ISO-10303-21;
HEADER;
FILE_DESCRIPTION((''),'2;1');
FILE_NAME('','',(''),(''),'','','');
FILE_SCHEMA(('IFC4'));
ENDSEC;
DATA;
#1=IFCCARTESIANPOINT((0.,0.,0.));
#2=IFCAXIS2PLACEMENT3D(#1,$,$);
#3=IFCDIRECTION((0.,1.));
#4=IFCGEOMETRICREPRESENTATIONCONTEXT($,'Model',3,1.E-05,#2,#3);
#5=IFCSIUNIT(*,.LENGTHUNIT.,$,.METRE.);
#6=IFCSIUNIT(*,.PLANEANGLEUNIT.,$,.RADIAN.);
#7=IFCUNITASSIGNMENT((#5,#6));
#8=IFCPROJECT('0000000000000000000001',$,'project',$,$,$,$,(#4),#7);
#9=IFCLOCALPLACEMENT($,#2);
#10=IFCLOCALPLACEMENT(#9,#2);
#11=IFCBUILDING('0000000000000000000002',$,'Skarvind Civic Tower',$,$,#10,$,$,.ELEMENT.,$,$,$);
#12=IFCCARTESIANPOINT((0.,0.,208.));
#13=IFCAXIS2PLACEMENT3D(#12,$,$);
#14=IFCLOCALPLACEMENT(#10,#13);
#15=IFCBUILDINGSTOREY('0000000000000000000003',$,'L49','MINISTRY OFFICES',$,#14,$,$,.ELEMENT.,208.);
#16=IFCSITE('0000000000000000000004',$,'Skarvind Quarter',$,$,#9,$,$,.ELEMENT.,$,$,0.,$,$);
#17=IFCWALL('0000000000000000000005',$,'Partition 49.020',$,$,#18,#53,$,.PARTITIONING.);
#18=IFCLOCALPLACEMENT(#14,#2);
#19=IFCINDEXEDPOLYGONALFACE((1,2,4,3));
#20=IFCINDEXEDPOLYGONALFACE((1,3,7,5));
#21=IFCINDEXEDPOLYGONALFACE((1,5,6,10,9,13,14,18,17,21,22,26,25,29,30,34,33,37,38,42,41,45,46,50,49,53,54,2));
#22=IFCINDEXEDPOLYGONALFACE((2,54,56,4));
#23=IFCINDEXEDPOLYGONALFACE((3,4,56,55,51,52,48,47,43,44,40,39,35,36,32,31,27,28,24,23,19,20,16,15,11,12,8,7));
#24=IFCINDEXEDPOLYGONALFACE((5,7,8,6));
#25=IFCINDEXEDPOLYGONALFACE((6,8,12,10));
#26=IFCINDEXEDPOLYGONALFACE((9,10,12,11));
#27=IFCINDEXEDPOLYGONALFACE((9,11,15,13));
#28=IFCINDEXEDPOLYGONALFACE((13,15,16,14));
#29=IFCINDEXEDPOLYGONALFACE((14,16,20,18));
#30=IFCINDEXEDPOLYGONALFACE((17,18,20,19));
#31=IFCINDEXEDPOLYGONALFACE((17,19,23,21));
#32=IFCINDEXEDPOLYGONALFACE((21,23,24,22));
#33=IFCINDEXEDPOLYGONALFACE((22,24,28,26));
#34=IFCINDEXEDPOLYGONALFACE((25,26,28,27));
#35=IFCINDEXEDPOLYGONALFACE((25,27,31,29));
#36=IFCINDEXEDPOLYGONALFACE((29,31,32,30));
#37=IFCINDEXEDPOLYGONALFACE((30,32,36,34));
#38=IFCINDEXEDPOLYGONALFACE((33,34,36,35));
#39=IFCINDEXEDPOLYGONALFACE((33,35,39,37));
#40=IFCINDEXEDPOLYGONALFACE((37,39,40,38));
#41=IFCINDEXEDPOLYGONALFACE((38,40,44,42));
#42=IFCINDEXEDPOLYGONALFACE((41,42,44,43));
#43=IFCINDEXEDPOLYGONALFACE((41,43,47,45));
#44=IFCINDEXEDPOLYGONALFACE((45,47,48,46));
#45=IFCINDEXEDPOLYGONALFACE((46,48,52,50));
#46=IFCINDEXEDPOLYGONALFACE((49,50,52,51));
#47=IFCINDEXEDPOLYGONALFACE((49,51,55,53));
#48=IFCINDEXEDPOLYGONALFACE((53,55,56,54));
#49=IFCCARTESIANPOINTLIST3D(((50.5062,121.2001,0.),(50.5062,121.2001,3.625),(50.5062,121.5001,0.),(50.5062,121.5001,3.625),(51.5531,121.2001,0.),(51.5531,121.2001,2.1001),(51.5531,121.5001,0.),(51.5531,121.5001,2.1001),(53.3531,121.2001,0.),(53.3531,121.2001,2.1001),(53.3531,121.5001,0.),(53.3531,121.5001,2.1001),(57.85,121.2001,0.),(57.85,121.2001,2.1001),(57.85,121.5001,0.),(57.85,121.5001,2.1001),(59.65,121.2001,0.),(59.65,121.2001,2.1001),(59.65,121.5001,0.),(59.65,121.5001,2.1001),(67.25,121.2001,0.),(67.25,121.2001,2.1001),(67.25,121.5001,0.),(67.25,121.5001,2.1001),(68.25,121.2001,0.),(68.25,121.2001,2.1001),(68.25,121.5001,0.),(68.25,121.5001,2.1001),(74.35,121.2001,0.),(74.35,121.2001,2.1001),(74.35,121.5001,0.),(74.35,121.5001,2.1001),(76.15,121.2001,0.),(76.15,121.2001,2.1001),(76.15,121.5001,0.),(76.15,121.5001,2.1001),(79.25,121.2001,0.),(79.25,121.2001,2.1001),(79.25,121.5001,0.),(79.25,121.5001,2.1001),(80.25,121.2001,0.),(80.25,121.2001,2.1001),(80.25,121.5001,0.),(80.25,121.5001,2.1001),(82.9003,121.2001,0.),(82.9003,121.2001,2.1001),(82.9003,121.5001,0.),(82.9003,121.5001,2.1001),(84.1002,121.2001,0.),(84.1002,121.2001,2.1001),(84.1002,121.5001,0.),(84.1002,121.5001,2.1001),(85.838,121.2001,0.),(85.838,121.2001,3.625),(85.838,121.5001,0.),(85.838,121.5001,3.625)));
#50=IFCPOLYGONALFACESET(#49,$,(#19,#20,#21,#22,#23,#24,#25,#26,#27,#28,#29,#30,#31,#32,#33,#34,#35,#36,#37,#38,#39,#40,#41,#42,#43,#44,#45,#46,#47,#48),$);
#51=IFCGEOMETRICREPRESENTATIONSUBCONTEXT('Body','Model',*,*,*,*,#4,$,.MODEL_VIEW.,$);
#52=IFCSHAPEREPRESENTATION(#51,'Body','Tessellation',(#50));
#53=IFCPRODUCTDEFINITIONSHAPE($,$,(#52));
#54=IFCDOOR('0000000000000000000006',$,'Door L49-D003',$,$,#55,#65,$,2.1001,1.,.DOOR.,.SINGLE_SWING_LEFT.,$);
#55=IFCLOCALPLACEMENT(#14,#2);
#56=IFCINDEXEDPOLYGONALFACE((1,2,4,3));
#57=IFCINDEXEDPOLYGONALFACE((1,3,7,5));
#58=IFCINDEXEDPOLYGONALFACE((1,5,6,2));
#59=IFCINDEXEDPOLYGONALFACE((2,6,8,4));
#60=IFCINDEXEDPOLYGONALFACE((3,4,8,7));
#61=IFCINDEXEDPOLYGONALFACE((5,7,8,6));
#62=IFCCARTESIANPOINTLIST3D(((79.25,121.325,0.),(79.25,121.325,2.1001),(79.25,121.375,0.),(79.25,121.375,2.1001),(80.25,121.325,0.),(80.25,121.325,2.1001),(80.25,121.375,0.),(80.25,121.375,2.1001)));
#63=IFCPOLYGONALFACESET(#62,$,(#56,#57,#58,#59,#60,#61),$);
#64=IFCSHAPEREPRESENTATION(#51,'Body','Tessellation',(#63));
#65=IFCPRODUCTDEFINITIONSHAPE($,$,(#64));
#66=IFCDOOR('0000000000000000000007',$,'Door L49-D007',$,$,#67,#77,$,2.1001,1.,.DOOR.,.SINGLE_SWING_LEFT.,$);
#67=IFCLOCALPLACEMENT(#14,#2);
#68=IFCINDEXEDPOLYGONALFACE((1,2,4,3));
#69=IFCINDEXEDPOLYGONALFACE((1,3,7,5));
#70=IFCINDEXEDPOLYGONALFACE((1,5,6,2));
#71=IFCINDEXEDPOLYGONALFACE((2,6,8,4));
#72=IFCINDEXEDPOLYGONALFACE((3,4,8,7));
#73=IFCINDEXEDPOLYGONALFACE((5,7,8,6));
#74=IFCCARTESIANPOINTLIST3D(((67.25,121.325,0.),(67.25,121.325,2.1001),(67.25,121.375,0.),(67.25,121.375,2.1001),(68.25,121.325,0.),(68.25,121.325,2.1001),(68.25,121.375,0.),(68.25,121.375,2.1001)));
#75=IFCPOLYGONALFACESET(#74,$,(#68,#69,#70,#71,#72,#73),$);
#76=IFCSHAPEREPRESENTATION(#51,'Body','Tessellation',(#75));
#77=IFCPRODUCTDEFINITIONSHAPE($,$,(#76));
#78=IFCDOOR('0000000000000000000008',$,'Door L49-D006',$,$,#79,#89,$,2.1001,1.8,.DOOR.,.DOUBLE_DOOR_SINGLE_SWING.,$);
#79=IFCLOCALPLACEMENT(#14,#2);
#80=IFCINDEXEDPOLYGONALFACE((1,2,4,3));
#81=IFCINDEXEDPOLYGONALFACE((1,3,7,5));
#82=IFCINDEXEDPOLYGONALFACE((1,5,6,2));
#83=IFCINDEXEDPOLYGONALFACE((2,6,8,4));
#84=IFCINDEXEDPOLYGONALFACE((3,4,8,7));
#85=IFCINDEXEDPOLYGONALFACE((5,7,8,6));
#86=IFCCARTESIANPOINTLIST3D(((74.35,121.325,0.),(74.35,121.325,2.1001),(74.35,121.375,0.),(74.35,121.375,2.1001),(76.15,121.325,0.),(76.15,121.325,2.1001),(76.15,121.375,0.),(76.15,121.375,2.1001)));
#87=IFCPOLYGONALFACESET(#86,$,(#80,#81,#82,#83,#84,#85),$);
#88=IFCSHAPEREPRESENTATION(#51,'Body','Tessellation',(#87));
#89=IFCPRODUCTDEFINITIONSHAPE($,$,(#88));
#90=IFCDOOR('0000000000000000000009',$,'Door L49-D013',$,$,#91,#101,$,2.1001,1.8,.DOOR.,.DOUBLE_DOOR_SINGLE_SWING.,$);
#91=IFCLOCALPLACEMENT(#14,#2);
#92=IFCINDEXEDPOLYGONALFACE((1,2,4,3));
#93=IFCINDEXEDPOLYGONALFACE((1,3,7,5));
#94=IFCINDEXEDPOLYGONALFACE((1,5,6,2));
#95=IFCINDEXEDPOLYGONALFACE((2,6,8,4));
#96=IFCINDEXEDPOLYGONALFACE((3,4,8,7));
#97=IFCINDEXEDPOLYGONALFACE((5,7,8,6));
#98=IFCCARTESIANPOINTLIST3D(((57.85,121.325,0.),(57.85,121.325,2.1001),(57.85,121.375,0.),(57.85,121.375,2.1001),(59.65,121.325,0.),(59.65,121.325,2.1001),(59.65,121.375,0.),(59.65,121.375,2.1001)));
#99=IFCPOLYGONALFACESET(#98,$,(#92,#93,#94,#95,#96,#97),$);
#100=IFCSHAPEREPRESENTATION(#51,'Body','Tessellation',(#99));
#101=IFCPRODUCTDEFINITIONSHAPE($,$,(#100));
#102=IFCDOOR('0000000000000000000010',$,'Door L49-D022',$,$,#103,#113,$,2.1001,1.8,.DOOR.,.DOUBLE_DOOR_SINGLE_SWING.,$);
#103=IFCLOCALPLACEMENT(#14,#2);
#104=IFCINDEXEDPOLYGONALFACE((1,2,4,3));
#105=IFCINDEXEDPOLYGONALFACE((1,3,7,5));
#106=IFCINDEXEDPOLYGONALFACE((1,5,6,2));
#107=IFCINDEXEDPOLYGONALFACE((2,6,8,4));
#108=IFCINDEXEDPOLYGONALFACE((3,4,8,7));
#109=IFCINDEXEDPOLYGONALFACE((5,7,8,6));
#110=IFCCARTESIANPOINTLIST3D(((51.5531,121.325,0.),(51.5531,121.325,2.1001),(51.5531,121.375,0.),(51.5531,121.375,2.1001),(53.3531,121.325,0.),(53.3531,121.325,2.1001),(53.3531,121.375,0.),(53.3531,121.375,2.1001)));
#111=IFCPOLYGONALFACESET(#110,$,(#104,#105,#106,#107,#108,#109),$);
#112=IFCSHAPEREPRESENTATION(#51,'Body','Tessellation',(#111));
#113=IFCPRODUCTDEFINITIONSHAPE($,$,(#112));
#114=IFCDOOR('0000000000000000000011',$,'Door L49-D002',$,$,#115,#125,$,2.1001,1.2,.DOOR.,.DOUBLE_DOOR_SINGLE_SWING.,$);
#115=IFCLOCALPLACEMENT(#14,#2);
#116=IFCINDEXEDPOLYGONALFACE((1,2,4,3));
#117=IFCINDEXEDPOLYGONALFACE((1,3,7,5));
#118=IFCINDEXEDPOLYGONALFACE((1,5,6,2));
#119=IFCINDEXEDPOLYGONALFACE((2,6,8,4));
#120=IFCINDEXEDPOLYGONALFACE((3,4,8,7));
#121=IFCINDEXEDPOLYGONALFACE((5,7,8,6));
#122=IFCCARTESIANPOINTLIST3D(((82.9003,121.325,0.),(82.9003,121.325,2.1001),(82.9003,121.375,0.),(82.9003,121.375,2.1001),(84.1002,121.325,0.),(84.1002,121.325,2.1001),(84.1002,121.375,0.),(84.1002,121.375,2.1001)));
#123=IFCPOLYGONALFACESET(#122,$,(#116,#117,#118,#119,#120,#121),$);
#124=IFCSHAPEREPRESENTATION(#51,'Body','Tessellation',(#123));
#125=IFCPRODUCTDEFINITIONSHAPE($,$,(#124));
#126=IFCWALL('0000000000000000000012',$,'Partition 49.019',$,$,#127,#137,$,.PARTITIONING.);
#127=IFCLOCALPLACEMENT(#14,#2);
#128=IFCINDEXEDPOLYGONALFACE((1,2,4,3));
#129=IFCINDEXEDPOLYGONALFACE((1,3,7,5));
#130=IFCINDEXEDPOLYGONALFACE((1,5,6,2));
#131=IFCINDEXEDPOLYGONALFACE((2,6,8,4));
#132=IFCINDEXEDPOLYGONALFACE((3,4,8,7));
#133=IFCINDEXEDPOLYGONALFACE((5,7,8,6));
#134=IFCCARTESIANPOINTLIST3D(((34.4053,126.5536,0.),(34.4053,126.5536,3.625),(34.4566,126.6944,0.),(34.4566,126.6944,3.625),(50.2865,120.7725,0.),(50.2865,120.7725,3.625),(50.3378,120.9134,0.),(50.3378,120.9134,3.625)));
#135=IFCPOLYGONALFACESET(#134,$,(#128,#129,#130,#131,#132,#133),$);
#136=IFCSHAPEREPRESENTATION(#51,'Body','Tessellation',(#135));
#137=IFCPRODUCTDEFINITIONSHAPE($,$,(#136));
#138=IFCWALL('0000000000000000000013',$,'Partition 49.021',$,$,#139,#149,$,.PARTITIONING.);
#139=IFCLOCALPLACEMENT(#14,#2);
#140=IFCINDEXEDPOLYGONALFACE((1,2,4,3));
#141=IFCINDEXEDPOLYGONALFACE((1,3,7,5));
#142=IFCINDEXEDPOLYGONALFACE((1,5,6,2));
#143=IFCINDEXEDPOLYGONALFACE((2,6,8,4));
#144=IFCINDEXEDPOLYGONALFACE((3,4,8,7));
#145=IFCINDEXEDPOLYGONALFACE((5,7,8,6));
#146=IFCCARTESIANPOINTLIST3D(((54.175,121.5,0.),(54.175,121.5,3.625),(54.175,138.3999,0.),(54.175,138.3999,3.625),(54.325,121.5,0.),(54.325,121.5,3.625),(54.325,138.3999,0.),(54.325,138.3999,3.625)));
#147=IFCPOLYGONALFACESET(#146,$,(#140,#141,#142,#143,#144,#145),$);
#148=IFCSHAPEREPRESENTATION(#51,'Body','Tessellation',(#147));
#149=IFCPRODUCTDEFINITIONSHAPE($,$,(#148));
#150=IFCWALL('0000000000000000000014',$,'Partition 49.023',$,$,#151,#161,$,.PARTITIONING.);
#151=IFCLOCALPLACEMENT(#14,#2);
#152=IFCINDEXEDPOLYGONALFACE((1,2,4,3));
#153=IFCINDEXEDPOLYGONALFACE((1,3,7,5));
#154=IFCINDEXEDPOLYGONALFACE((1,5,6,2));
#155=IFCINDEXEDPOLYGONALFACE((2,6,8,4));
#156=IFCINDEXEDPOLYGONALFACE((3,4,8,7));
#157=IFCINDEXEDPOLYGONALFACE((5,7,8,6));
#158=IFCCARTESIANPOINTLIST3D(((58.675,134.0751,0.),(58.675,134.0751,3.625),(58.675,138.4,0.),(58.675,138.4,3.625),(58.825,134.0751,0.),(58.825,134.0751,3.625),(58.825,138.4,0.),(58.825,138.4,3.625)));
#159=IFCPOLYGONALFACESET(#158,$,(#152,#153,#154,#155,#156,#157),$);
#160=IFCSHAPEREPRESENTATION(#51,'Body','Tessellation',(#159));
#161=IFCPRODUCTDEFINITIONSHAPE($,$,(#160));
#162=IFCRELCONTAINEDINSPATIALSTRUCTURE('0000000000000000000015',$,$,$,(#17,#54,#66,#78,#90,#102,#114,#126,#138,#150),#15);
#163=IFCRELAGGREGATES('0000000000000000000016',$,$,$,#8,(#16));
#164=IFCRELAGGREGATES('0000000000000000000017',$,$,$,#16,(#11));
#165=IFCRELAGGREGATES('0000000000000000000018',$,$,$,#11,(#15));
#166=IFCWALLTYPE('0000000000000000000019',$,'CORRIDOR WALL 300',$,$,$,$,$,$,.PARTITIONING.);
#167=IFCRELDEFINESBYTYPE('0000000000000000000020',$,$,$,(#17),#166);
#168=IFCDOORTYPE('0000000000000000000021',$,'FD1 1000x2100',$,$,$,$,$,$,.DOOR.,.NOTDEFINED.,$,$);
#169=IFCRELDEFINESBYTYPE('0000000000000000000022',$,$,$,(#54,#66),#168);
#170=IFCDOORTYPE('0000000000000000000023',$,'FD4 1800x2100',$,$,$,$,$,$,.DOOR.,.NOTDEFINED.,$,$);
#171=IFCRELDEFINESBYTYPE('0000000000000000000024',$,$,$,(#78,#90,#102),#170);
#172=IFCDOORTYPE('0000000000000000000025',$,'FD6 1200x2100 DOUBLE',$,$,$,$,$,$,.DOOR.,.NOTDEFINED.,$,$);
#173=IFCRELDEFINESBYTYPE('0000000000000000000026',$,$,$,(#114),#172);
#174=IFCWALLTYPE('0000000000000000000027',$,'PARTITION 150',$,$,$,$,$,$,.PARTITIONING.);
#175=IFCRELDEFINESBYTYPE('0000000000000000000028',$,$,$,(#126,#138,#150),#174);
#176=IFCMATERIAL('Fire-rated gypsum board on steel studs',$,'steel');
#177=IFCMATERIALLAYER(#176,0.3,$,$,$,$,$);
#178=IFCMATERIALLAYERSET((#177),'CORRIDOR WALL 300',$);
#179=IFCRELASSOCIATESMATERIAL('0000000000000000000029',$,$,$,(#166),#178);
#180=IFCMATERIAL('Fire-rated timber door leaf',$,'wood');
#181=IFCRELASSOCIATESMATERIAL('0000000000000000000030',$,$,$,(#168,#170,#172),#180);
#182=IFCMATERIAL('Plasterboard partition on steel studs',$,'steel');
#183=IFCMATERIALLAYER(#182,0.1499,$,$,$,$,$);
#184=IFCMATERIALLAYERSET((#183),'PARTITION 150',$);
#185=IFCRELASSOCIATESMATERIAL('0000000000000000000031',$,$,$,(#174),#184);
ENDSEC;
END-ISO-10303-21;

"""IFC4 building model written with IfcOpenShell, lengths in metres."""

from ifc_helpers import new_model, si_unit, direction, frame, frame_2d, origin, place, context, subcontext, project, spatial, rectangle, extrude, material, layer, layer_set, type_object, element, fill, save


model = new_model("IFC4")

# Units and contexts
model_context = context("Model", 3, precision=1e-05, world=origin(), true_north=direction((0.0, 1.0)))
body_context = subcontext(model_context, "Body", "Model", "MODEL_VIEW")
ifc_project = project(units=[si_unit("LENGTHUNIT", "METRE"), si_unit("PLANEANGLEUNIT", "RADIAN")], contexts=[model_context])

# Site, building, storey
site_placement = place(None, origin())
site = spatial("IfcSite", under=ifc_project, at=site_placement, Name="Skarvind Quarter", CompositionType="ELEMENT", RefElevation=0.0)
building_placement = place(site_placement, origin())
building = spatial("IfcBuilding", under=site, at=building_placement, Name="Skarvind Civic Tower", CompositionType="ELEMENT")
storey_placement = place(building_placement, frame((0.0, 0.0, 208.0)))
storey = spatial("IfcBuildingStorey", under=building, at=storey_placement, Name="L49", Description="MINISTRY OFFICES", CompositionType="ELEMENT", Elevation=208.0)

# Wall, openings, doors
ifc_material_1 = material(Name="Fire-rated gypsum board on steel studs", Category="steel")
ifc_layer_1 = layer(ifc_material_1, 0.3)
ifc_layer_set_1 = layer_set([ifc_layer_1], Name="CORRIDOR WALL 300")
wall_type_1 = type_object("IfcWallType", Name="CORRIDOR WALL 300", PredefinedType="PARTITIONING", material=ifc_layer_set_1)
wall_1_placement = place(storey_placement, frame((50.5061, 121.3501, 0.0), z_axis=(0.0, 0.0, 1.0), x_axis=(1.0, 0.0, 0.0)))
wall_1 = element("IfcWall", 1, at=wall_1_placement, inside=storey, type_object=wall_type_1, Name="Partition 49.020", PredefinedType="PARTITIONING", context=body_context, shape_type="SweptSolid", body=[
    extrude(rectangle(XDim=35.3318, YDim=0.3, at=frame_2d((17.666, 0.0))), origin(), (0.0, 0.0, 1.0), 3.625),
])
opening_1_placement = place(wall_1_placement, frame((32.394, 0.0, 0.0)))
opening_1 = element("IfcOpeningElement", 2, at=opening_1_placement, cuts=wall_1, PredefinedType="OPENING", context=body_context, shape_type="SweptSolid", body=[
    extrude(rectangle(XDim=1.2, YDim=2.1001, at=frame_2d((0.6001, 1.05))), frame((0.0, 0.1599, 0.0), z_axis=(0.0, -1.0, 0.0), x_axis=(1.0, 0.0, 0.0)), (0.0, 0.0, 1.0), 0.3201),
])
opening_2_placement = place(wall_1_placement, frame((28.7439, 0.0, 0.0)))
opening_2 = element("IfcOpeningElement", 3, at=opening_2_placement, cuts=wall_1, PredefinedType="OPENING", context=body_context, shape_type="SweptSolid", body=[
    extrude(rectangle(XDim=1.0, YDim=2.1001, at=frame_2d((0.5, 1.05))), frame((0.0, 0.1599, 0.0), z_axis=(0.0, -1.0, 0.0), x_axis=(1.0, 0.0, 0.0)), (0.0, 0.0, 1.0), 0.3201),
])
opening_3_placement = place(wall_1_placement, frame((23.844, 0.0, 0.0)))
opening_3 = element("IfcOpeningElement", 4, at=opening_3_placement, cuts=wall_1, PredefinedType="OPENING", context=body_context, shape_type="SweptSolid", body=[
    extrude(rectangle(XDim=1.8, YDim=2.1001, at=frame_2d((0.8999, 1.05))), frame((0.0, 0.1599, 0.0), z_axis=(0.0, -1.0, 0.0), x_axis=(1.0, 0.0, 0.0)), (0.0, 0.0, 1.0), 0.3201),
])
opening_4_placement = place(wall_1_placement, frame((16.7439, 0.0, 0.0)))
opening_4 = element("IfcOpeningElement", 5, at=opening_4_placement, cuts=wall_1, PredefinedType="OPENING", context=body_context, shape_type="SweptSolid", body=[
    extrude(rectangle(XDim=1.0, YDim=2.1001, at=frame_2d((0.5, 1.05))), frame((0.0, 0.1599, 0.0), z_axis=(0.0, -1.0, 0.0), x_axis=(1.0, 0.0, 0.0)), (0.0, 0.0, 1.0), 0.3201),
])
opening_5_placement = place(wall_1_placement, frame((7.344, 0.0, 0.0)))
opening_5 = element("IfcOpeningElement", 6, at=opening_5_placement, cuts=wall_1, PredefinedType="OPENING", context=body_context, shape_type="SweptSolid", body=[
    extrude(rectangle(XDim=1.8, YDim=2.1001, at=frame_2d((0.8999, 1.05))), frame((0.0, 0.1599, 0.0), z_axis=(0.0, -1.0, 0.0), x_axis=(1.0, 0.0, 0.0)), (0.0, 0.0, 1.0), 0.3201),
])
opening_6_placement = place(wall_1_placement, frame((1.0471, 0.0, 0.0)))
opening_6 = element("IfcOpeningElement", 7, at=opening_6_placement, cuts=wall_1, PredefinedType="OPENING", context=body_context, shape_type="SweptSolid", body=[
    extrude(rectangle(XDim=1.8, YDim=2.1001, at=frame_2d((0.8999, 1.05))), frame((0.0, 0.1599, 0.0), z_axis=(0.0, -1.0, 0.0), x_axis=(1.0, 0.0, 0.0)), (0.0, 0.0, 1.0), 0.3201),
])
ifc_material_2 = material(Name="Fire-rated timber door leaf", Category="wood")
door_type_1 = type_object("IfcDoorType", Name="FD1 1000x2100", OperationType="NOTDEFINED", PredefinedType="DOOR", material=ifc_material_2)
door_1_placement = place(opening_2_placement, origin())
door_1 = element("IfcDoor", 8, at=door_1_placement, inside=storey, type_object=door_type_1, Name="Door L49-D003", OperationType="SINGLE_SWING_LEFT", OverallHeight=2.1001, OverallWidth=1.0, PredefinedType="DOOR", context=body_context, shape_type="SweptSolid", body=[
    extrude(rectangle(XDim=1.0, YDim=2.1001, at=frame_2d((0.5, 1.05))), frame((0.0, 0.0249, 0.0), z_axis=(0.0, -1.0, 0.0), x_axis=(1.0, 0.0, 0.0)), (0.0, 0.0, 1.0), 0.05),
])
fill(opening_2, door_1)
door_2_placement = place(opening_4_placement, origin())
door_2 = element("IfcDoor", 9, at=door_2_placement, inside=storey, type_object=door_type_1, Name="Door L49-D007", OperationType="SINGLE_SWING_LEFT", OverallHeight=2.1001, OverallWidth=1.0, PredefinedType="DOOR", context=body_context, shape_type="SweptSolid", body=[
    extrude(rectangle(XDim=1.0, YDim=2.1001, at=frame_2d((0.5, 1.05))), frame((0.0, 0.0249, 0.0), z_axis=(0.0, -1.0, 0.0), x_axis=(1.0, 0.0, 0.0)), (0.0, 0.0, 1.0), 0.05),
])
fill(opening_4, door_2)
door_type_2 = type_object("IfcDoorType", Name="FD4 1800x2100", OperationType="NOTDEFINED", PredefinedType="DOOR", material=ifc_material_2)
door_3_placement = place(opening_3_placement, origin())
door_3 = element("IfcDoor", 10, at=door_3_placement, inside=storey, type_object=door_type_2, Name="Door L49-D006", OperationType="DOUBLE_DOOR_SINGLE_SWING", OverallHeight=2.1001, OverallWidth=1.8, PredefinedType="DOOR", context=body_context, shape_type="SweptSolid", body=[
    extrude(rectangle(XDim=1.8, YDim=2.1001, at=frame_2d((0.8999, 1.05))), frame((0.0, 0.0249, 0.0), z_axis=(0.0, -1.0, 0.0), x_axis=(1.0, 0.0, 0.0)), (0.0, 0.0, 1.0), 0.05),
])
fill(opening_3, door_3)
door_4_placement = place(opening_5_placement, origin())
door_4 = element("IfcDoor", 11, at=door_4_placement, inside=storey, type_object=door_type_2, Name="Door L49-D013", OperationType="DOUBLE_DOOR_SINGLE_SWING", OverallHeight=2.1001, OverallWidth=1.8, PredefinedType="DOOR", context=body_context, shape_type="SweptSolid", body=[
    extrude(rectangle(XDim=1.8, YDim=2.1001, at=frame_2d((0.8999, 1.05))), frame((0.0, 0.0249, 0.0), z_axis=(0.0, -1.0, 0.0), x_axis=(1.0, 0.0, 0.0)), (0.0, 0.0, 1.0), 0.05),
])
fill(opening_5, door_4)
door_5_placement = place(opening_6_placement, origin())
door_5 = element("IfcDoor", 12, at=door_5_placement, inside=storey, type_object=door_type_2, Name="Door L49-D022", OperationType="DOUBLE_DOOR_SINGLE_SWING", OverallHeight=2.1001, OverallWidth=1.8, PredefinedType="DOOR", context=body_context, shape_type="SweptSolid", body=[
    extrude(rectangle(XDim=1.8, YDim=2.1001, at=frame_2d((0.8999, 1.05))), frame((0.0, 0.0249, 0.0), z_axis=(0.0, -1.0, 0.0), x_axis=(1.0, 0.0, 0.0)), (0.0, 0.0, 1.0), 0.05),
])
fill(opening_6, door_5)
door_type_3 = type_object("IfcDoorType", Name="FD6 1200x2100 DOUBLE", OperationType="NOTDEFINED", PredefinedType="DOOR", material=ifc_material_2)
door_6_placement = place(opening_1_placement, origin())
door_6 = element("IfcDoor", 13, at=door_6_placement, inside=storey, type_object=door_type_3, Name="Door L49-D002", OperationType="DOUBLE_DOOR_SINGLE_SWING", OverallHeight=2.1001, OverallWidth=1.2, PredefinedType="DOOR", context=body_context, shape_type="SweptSolid", body=[
    extrude(rectangle(XDim=1.2, YDim=2.1001, at=frame_2d((0.6001, 1.05))), frame((0.0, 0.0249, 0.0), z_axis=(0.0, -1.0, 0.0), x_axis=(1.0, 0.0, 0.0)), (0.0, 0.0, 1.0), 0.05),
])
fill(opening_1, door_6)

# Walls
ifc_material_3 = material(Name="Plasterboard partition on steel studs", Category="steel")
ifc_layer_2 = layer(ifc_material_3, 0.1499)
ifc_layer_set_2 = layer_set([ifc_layer_2], Name="PARTITION 150")
wall_type_2 = type_object("IfcWallType", Name="PARTITION 150", PredefinedType="PARTITIONING", material=ifc_layer_set_2)
wall_2_placement = place(storey_placement, frame((50.312, 120.843, 0.0), z_axis=(0.0, 0.0, 1.0), x_axis=(-0.939678, 0.34206, 0.0)))
element("IfcWall", 14, at=wall_2_placement, inside=storey, type_object=wall_type_2, Name="Partition 49.019", PredefinedType="PARTITIONING", context=body_context, shape_type="SweptSolid", body=[
    extrude(rectangle(XDim=16.9006, YDim=0.1499, at=frame_2d((8.4502, 0.0))), origin(), (0.0, 0.0, 1.0), 3.625),
])
wall_3_placement = place(storey_placement, frame((54.25, 121.5, 0.0), z_axis=(0.0, 0.0, 1.0), x_axis=(0.0, 1.0, 0.0)))
element("IfcWall", 15, at=wall_3_placement, inside=storey, type_object=wall_type_2, Name="Partition 49.021", PredefinedType="PARTITIONING", context=body_context, shape_type="SweptSolid", body=[
    extrude(rectangle(XDim=16.8999, YDim=0.1499, at=frame_2d((8.45, 0.0))), origin(), (0.0, 0.0, 1.0), 3.625),
])
wall_4_placement = place(storey_placement, frame((58.75, 134.075, 0.0), z_axis=(0.0, 0.0, 1.0), x_axis=(0.0, 1.0, 0.0)))
element("IfcWall", 16, at=wall_4_placement, inside=storey, type_object=wall_type_2, Name="Partition 49.023", PredefinedType="PARTITIONING", context=body_context, shape_type="SweptSolid", body=[
    extrude(rectangle(XDim=4.325, YDim=0.1499, at=frame_2d((2.1626, 0.0))), origin(), (0.0, 0.0, 1.0), 3.625),
])

save(model, "model.ifc")
